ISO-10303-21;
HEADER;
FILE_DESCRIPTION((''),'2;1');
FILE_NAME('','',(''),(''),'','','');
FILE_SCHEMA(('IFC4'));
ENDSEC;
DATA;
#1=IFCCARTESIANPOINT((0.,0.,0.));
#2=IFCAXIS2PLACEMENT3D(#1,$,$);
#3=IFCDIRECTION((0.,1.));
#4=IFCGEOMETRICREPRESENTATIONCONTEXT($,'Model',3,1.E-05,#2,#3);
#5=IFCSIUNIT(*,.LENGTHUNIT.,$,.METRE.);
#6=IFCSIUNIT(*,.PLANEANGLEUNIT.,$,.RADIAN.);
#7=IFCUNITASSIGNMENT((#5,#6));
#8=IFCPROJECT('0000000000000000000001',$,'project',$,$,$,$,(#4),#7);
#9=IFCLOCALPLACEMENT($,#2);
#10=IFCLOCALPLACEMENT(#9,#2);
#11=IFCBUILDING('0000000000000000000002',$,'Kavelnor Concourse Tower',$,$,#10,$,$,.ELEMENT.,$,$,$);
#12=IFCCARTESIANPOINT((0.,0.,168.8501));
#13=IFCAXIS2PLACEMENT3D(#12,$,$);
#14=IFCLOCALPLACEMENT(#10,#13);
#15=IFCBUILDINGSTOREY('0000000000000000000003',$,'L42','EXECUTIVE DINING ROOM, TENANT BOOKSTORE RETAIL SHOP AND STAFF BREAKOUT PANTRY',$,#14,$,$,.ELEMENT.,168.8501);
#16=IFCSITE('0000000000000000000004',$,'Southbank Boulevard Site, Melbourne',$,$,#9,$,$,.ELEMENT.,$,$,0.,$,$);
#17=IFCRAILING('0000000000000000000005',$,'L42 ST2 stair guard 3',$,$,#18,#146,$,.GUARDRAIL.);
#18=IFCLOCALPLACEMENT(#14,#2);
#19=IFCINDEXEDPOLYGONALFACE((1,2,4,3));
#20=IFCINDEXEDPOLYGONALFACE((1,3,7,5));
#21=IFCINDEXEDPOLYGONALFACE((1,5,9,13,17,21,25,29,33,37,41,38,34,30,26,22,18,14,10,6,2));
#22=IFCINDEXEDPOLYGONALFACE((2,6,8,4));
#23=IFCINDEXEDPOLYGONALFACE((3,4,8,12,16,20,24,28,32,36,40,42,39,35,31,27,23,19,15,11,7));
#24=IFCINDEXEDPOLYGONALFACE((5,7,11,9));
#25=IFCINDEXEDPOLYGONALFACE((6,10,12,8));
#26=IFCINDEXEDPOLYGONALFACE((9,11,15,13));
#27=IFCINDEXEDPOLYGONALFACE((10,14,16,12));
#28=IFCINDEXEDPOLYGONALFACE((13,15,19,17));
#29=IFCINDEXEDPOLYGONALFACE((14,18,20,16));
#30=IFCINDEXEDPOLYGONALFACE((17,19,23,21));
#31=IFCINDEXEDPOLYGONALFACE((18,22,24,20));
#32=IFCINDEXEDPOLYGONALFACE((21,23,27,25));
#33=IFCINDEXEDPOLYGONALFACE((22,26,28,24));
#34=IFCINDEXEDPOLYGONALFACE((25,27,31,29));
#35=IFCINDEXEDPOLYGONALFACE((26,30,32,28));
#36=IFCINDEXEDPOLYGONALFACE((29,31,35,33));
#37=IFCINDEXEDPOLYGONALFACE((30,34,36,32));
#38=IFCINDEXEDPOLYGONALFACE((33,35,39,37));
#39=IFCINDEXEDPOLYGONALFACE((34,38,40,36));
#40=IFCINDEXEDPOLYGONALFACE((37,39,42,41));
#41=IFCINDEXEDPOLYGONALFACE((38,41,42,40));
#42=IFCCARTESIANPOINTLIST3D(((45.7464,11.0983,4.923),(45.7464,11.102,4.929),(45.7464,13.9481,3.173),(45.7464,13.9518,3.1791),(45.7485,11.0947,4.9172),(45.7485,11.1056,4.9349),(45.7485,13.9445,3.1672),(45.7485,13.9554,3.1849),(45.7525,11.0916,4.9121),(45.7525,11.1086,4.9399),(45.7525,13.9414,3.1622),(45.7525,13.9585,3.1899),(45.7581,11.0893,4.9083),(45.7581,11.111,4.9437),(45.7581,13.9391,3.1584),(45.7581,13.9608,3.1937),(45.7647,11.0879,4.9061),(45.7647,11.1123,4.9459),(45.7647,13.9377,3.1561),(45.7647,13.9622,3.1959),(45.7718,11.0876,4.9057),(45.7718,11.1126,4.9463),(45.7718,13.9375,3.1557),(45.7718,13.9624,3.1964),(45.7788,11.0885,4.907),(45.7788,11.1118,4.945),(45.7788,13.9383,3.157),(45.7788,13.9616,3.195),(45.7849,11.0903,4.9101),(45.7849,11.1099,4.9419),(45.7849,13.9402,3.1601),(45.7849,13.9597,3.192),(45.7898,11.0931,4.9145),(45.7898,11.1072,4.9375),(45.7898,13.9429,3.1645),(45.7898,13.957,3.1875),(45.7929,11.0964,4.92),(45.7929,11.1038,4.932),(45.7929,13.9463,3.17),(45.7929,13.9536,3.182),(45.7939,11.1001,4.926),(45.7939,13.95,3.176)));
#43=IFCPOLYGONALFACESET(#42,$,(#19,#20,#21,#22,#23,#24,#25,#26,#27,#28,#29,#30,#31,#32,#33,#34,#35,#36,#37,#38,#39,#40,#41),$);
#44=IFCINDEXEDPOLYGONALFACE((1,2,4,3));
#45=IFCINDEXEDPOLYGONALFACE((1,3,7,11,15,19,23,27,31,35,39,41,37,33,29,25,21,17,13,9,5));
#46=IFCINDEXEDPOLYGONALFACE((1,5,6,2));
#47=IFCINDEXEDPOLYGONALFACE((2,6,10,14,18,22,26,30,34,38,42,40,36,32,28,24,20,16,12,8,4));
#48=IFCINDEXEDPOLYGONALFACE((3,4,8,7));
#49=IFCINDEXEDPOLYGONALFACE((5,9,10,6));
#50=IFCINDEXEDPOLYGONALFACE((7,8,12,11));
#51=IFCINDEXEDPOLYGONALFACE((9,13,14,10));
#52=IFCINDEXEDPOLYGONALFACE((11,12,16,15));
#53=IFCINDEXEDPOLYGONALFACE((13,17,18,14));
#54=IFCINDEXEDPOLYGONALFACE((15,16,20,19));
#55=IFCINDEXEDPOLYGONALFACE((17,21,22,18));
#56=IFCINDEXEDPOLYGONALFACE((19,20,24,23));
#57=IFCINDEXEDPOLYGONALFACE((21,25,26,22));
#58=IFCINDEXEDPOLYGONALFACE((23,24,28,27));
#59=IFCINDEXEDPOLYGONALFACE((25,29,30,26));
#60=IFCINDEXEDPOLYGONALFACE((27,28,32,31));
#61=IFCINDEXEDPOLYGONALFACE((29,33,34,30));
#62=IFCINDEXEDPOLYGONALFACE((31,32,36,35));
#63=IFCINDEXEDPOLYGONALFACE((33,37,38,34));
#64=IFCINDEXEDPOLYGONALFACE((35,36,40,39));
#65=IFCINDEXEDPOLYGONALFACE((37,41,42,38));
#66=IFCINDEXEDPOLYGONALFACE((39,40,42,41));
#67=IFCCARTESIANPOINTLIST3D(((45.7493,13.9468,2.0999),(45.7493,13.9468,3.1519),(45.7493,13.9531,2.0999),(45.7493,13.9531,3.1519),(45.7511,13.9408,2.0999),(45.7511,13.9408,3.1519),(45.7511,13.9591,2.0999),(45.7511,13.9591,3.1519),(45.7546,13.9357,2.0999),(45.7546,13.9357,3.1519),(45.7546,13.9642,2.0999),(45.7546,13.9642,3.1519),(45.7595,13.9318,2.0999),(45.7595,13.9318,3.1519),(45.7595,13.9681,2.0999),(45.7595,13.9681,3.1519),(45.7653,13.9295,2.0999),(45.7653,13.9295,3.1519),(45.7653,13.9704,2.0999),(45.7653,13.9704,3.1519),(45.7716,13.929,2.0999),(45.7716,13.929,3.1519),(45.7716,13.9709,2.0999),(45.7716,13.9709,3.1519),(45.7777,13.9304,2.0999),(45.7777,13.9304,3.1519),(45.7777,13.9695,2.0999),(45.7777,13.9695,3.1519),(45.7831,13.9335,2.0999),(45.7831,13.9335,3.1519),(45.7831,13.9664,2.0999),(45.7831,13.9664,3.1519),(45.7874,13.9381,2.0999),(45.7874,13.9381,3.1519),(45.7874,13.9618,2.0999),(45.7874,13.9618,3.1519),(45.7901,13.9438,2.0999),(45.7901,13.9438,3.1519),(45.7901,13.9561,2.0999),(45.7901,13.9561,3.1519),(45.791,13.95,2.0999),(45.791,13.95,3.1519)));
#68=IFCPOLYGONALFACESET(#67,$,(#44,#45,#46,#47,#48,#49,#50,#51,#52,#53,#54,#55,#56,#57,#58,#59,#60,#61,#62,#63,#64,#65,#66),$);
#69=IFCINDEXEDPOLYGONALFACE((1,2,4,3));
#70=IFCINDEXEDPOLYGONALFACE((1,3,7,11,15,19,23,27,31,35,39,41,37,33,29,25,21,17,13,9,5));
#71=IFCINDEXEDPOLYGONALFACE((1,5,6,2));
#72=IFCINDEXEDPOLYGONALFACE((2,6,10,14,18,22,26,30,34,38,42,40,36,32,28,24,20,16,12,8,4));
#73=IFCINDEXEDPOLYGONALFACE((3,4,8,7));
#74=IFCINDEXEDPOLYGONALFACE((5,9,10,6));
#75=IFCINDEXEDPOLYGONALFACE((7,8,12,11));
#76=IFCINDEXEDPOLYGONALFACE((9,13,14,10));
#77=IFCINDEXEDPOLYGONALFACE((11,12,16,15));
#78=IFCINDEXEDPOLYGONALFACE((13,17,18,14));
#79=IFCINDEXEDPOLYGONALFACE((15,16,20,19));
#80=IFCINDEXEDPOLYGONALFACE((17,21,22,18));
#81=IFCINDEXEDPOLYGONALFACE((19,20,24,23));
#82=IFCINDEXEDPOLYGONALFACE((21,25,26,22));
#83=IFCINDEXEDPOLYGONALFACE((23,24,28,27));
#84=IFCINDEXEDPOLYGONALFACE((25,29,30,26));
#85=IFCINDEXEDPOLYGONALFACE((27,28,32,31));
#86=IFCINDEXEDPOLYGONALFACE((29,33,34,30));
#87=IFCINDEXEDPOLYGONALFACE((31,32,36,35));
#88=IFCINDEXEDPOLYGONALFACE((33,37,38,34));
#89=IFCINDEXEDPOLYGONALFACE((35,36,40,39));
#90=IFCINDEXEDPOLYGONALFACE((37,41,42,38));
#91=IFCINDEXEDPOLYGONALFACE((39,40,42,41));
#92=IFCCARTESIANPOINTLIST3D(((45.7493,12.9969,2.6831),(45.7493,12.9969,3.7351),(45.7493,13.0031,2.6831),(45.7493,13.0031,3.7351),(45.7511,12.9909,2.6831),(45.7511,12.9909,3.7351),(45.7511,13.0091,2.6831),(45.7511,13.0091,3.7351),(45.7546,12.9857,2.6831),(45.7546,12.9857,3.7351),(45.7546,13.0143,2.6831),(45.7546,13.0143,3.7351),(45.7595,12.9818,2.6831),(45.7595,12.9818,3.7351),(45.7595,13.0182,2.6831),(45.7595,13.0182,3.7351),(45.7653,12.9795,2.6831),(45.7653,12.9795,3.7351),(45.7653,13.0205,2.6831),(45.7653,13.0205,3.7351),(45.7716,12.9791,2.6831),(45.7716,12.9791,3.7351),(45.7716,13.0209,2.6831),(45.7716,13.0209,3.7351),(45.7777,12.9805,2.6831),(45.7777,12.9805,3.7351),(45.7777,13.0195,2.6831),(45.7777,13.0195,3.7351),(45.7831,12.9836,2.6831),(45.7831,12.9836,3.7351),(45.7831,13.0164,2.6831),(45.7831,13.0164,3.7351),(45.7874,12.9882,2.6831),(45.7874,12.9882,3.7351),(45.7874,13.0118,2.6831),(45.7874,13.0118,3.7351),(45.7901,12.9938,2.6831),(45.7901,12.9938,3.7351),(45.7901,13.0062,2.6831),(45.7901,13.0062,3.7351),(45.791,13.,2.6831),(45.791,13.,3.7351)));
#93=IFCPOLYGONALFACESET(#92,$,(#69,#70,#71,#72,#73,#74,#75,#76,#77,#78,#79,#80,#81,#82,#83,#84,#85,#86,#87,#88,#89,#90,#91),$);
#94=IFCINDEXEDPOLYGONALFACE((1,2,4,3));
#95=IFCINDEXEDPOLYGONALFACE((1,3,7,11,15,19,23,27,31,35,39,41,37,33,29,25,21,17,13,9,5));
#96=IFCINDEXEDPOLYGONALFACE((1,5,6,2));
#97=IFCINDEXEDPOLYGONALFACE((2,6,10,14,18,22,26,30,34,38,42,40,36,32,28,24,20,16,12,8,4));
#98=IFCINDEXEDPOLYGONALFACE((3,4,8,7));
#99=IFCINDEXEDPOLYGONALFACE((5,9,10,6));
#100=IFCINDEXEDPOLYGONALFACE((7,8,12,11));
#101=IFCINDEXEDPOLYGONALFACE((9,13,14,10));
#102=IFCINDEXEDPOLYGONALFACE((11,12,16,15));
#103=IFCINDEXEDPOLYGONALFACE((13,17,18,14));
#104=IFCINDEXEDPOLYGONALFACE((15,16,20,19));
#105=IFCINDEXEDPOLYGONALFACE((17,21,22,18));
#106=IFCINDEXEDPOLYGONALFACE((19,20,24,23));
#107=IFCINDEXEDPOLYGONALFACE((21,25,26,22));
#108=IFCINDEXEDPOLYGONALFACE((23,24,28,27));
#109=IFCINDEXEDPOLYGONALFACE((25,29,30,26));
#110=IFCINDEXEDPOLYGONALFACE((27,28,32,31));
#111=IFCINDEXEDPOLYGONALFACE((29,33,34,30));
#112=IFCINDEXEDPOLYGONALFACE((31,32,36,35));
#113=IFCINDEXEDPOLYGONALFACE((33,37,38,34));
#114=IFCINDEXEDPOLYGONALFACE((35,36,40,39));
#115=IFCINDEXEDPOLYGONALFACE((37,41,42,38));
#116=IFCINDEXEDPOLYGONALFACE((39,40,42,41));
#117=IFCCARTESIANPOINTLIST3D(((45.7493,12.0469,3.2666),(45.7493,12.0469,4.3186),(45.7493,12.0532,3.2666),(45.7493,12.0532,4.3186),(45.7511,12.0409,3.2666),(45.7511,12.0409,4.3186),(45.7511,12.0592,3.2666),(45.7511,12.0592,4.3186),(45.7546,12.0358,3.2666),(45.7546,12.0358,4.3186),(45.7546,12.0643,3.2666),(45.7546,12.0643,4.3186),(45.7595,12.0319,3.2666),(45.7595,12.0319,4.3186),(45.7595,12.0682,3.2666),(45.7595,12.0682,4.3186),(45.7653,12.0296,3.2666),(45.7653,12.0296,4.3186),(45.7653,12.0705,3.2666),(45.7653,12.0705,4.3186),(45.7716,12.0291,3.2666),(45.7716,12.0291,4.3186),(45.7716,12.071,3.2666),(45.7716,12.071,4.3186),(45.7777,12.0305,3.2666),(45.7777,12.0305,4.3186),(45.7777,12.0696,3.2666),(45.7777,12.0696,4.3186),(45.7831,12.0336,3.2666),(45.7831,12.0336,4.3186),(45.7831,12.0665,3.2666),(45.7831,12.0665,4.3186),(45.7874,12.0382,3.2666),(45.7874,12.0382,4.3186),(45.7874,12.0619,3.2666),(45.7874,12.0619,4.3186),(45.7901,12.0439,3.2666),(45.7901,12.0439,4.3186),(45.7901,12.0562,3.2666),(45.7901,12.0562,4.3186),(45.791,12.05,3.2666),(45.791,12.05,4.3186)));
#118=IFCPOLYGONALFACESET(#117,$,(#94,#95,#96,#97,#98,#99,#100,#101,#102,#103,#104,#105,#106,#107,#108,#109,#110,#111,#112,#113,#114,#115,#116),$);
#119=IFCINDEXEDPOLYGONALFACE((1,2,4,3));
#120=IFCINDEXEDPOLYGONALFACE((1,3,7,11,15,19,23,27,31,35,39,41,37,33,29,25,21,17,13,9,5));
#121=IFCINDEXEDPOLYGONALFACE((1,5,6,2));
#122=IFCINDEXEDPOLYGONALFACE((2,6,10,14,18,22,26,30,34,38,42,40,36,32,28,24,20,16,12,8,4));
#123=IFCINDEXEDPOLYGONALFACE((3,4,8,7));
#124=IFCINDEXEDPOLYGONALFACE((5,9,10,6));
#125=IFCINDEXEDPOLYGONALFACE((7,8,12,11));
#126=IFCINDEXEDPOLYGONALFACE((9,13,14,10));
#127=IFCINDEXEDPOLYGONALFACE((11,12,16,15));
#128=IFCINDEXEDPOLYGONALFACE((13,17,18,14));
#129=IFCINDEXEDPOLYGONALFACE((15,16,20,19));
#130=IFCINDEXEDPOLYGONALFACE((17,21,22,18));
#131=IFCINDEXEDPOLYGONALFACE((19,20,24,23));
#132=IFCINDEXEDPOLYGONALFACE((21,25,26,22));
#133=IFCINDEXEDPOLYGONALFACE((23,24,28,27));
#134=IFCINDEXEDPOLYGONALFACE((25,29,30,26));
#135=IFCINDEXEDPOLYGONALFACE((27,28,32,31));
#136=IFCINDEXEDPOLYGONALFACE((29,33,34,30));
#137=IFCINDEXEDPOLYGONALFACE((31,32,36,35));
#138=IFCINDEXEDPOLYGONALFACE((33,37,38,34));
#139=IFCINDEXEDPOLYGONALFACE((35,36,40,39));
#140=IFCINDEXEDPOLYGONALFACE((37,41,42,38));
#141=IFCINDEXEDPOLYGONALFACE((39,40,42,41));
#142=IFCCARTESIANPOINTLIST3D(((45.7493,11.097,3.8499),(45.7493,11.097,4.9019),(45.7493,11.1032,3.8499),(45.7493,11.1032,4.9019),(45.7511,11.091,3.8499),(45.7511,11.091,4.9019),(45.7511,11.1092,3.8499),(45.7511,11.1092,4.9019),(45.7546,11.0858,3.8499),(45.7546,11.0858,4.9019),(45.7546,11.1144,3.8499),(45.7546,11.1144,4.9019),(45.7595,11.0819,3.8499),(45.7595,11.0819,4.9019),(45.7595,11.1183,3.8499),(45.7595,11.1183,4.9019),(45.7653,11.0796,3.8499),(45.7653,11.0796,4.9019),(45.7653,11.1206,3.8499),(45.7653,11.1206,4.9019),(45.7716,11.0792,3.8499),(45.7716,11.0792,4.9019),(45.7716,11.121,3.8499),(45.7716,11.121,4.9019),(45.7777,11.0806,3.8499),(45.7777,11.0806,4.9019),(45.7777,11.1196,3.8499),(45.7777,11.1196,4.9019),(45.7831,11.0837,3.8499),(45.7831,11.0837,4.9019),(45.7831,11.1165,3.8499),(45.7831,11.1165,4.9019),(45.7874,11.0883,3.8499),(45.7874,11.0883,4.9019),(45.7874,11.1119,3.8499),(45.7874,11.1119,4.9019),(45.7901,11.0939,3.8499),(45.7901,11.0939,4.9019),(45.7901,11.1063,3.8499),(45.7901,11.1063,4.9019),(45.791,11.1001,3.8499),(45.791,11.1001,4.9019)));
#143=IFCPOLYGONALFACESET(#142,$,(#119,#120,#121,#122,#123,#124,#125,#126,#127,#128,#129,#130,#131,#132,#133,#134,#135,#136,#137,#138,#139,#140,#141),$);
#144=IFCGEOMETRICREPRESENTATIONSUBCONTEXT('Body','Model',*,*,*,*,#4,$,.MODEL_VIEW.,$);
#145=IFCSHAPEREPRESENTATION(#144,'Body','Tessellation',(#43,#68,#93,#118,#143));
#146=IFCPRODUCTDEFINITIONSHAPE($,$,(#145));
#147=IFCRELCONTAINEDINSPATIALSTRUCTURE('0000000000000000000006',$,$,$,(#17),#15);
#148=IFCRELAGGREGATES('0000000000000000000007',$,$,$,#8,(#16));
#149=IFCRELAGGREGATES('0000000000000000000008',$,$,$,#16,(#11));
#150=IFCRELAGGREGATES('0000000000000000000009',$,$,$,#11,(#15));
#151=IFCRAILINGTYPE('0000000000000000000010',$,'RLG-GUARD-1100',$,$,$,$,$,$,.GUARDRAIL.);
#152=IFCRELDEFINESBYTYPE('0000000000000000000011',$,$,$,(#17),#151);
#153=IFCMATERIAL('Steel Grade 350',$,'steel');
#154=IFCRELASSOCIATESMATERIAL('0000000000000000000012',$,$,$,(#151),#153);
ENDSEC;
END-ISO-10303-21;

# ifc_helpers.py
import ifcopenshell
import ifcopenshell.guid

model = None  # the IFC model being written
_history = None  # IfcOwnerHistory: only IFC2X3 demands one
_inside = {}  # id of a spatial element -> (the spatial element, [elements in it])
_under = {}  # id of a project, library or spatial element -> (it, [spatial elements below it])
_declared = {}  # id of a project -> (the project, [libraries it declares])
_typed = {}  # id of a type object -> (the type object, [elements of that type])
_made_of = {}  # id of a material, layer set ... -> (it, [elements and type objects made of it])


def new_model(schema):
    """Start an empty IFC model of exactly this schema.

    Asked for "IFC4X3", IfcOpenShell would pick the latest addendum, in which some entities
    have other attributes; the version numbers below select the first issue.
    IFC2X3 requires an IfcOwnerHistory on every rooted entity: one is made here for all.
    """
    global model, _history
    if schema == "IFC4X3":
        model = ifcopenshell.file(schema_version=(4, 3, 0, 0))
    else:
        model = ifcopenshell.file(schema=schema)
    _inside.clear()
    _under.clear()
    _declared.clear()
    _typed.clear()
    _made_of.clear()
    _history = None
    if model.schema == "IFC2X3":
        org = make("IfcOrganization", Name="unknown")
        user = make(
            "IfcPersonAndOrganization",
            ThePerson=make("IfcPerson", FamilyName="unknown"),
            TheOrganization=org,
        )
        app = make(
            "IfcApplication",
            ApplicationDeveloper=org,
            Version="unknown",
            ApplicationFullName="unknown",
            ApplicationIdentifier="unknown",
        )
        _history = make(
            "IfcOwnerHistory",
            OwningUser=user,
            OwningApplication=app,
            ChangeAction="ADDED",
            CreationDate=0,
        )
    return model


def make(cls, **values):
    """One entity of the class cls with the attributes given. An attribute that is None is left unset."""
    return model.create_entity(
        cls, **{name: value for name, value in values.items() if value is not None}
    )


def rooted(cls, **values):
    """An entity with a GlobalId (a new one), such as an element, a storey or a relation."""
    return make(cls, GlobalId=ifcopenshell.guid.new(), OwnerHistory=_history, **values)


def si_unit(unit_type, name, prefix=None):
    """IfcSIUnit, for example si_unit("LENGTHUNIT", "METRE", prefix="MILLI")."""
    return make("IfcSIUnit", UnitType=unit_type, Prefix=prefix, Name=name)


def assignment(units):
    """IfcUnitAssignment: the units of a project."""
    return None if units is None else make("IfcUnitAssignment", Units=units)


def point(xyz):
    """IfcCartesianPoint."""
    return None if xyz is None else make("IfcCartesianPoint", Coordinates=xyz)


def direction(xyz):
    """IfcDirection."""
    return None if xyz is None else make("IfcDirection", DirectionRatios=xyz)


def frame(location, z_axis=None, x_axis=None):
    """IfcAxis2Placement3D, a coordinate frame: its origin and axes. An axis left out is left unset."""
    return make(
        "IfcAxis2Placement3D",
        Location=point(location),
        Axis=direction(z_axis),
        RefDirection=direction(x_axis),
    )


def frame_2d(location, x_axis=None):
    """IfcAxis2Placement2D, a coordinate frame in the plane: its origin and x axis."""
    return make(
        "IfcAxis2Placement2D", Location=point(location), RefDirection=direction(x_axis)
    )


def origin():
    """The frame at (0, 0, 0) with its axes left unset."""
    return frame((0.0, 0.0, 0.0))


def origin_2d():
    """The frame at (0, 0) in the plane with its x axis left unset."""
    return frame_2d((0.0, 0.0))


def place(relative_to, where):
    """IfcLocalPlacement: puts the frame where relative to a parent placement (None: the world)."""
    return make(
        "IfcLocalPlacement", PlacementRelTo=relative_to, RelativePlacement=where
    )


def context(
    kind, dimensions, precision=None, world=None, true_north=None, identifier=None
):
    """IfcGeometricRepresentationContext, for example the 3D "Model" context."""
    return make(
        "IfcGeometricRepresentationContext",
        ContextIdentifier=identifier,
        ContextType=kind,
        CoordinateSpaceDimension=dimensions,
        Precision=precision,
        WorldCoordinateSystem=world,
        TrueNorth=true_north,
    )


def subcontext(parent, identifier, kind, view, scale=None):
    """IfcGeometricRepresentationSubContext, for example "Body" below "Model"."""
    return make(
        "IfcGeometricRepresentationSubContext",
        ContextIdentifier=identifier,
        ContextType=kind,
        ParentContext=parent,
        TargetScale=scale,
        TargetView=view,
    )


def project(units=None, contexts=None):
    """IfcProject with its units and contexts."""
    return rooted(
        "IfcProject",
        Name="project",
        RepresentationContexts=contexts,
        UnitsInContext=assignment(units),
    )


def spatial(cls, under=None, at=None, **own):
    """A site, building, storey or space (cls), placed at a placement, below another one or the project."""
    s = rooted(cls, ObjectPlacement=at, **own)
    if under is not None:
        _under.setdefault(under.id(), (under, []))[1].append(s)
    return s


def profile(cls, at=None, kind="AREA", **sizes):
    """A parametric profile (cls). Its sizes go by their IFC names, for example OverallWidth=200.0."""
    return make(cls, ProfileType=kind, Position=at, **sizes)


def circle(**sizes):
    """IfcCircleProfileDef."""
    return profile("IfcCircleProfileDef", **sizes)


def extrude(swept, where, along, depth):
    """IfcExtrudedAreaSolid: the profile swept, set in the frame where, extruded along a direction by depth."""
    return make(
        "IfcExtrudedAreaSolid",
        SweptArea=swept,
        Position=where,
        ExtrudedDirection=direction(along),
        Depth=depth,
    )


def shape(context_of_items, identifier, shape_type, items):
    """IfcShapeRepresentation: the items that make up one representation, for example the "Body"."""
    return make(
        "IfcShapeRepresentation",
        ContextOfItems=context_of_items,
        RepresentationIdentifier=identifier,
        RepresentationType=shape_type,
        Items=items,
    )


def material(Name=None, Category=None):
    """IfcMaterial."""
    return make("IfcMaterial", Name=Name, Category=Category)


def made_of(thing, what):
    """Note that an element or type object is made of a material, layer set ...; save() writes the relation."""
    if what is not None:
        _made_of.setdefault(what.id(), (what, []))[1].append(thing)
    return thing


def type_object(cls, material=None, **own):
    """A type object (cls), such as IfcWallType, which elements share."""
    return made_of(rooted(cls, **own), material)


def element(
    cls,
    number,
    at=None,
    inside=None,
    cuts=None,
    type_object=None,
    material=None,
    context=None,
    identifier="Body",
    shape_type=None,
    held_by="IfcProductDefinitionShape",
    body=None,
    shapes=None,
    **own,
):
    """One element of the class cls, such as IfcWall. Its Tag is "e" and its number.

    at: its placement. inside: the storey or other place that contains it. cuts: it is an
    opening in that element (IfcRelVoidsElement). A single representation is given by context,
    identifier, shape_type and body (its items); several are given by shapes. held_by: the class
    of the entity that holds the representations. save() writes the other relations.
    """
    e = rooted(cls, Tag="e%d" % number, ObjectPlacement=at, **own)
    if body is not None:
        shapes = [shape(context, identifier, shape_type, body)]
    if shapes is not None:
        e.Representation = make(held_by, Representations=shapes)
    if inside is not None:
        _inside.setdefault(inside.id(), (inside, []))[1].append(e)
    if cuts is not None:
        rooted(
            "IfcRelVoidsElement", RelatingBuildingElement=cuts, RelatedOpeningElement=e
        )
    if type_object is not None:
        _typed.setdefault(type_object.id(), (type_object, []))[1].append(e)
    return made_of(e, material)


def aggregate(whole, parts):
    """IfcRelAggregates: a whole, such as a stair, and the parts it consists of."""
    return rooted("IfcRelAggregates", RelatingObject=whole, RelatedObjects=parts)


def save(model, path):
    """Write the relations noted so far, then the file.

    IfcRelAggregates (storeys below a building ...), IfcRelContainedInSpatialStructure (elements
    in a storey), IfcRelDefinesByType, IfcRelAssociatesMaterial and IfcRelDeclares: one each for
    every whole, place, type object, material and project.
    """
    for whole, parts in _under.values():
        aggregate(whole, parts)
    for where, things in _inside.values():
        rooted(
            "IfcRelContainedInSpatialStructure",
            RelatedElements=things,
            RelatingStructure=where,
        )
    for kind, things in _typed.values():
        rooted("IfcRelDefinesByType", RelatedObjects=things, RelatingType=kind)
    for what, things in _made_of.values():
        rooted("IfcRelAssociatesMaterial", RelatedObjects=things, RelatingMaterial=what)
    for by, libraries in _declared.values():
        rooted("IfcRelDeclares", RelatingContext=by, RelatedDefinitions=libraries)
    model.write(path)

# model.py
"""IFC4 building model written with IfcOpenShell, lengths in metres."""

from ifc_helpers import new_model, si_unit, direction, frame, origin, origin_2d, place, context, subcontext, project, spatial, circle, extrude, material, type_object, element, save


model = new_model("IFC4")

# Units and contexts
model_context = context("Model", 3, precision=1e-05, world=origin(), true_north=direction((0.0, 1.0)))
body_context = subcontext(model_context, "Body", "Model", "MODEL_VIEW")
ifc_project = project(units=[si_unit("LENGTHUNIT", "METRE"), si_unit("PLANEANGLEUNIT", "RADIAN")], contexts=[model_context])

# Site, building, storey
site_placement = place(None, origin())
site = spatial("IfcSite", under=ifc_project, at=site_placement, Name="Southbank Boulevard Site, Melbourne", CompositionType="ELEMENT", RefElevation=0.0)
building_placement = place(site_placement, origin())
building = spatial("IfcBuilding", under=site, at=building_placement, Name="Kavelnor Concourse Tower", CompositionType="ELEMENT")
storey_placement = place(building_placement, frame((0.0, 0.0, 168.8501)))
storey = spatial("IfcBuildingStorey", under=building, at=storey_placement, Name="L42", Description="EXECUTIVE DINING ROOM, TENANT BOOKSTORE RETAIL SHOP AND STAFF BREAKOUT PANTRY", CompositionType="ELEMENT", Elevation=168.8501)

# Shared definitions
ifc_material_1 = material(Name="Steel Grade 350", Category="steel")

# Railing
railing_type_1 = type_object("IfcRailingType", Name="RLG-GUARD-1100", PredefinedType="GUARDRAIL", material=ifc_material_1)
railing_1_placement = place(storey_placement, frame((45.77, 13.95, 2.0999)))
element("IfcRailing", 1, at=railing_1_placement, inside=storey, type_object=railing_type_1, Name="L42 ST2 stair guard 3", PredefinedType="GUARDRAIL", context=body_context, shape_type="SweptSolid", body=[
    extrude(circle(Radius=0.0239, at=origin_2d()), frame((0.0, 0.0, 1.0762), z_axis=(0.0, -0.852159, 0.523283), x_axis=(1.0, 0.0, 0.0)), (0.0, 0.0, 1.0), 3.3442),
    extrude(circle(Radius=0.021, at=origin_2d()), origin(), (0.0, 0.0, 1.0), 1.052),
    extrude(circle(Radius=0.021, at=origin_2d()), frame((0.0, -0.95, 0.5833)), (0.0, 0.0, 1.0), 1.052),
    extrude(circle(Radius=0.021, at=origin_2d()), frame((0.0, -1.8999, 1.1667)), (0.0, 0.0, 1.0), 1.052),
    extrude(circle(Radius=0.021, at=origin_2d()), frame((0.0, -2.8499, 1.75)), (0.0, 0.0, 1.0), 1.052),
])

save(model, "model.ifc")
